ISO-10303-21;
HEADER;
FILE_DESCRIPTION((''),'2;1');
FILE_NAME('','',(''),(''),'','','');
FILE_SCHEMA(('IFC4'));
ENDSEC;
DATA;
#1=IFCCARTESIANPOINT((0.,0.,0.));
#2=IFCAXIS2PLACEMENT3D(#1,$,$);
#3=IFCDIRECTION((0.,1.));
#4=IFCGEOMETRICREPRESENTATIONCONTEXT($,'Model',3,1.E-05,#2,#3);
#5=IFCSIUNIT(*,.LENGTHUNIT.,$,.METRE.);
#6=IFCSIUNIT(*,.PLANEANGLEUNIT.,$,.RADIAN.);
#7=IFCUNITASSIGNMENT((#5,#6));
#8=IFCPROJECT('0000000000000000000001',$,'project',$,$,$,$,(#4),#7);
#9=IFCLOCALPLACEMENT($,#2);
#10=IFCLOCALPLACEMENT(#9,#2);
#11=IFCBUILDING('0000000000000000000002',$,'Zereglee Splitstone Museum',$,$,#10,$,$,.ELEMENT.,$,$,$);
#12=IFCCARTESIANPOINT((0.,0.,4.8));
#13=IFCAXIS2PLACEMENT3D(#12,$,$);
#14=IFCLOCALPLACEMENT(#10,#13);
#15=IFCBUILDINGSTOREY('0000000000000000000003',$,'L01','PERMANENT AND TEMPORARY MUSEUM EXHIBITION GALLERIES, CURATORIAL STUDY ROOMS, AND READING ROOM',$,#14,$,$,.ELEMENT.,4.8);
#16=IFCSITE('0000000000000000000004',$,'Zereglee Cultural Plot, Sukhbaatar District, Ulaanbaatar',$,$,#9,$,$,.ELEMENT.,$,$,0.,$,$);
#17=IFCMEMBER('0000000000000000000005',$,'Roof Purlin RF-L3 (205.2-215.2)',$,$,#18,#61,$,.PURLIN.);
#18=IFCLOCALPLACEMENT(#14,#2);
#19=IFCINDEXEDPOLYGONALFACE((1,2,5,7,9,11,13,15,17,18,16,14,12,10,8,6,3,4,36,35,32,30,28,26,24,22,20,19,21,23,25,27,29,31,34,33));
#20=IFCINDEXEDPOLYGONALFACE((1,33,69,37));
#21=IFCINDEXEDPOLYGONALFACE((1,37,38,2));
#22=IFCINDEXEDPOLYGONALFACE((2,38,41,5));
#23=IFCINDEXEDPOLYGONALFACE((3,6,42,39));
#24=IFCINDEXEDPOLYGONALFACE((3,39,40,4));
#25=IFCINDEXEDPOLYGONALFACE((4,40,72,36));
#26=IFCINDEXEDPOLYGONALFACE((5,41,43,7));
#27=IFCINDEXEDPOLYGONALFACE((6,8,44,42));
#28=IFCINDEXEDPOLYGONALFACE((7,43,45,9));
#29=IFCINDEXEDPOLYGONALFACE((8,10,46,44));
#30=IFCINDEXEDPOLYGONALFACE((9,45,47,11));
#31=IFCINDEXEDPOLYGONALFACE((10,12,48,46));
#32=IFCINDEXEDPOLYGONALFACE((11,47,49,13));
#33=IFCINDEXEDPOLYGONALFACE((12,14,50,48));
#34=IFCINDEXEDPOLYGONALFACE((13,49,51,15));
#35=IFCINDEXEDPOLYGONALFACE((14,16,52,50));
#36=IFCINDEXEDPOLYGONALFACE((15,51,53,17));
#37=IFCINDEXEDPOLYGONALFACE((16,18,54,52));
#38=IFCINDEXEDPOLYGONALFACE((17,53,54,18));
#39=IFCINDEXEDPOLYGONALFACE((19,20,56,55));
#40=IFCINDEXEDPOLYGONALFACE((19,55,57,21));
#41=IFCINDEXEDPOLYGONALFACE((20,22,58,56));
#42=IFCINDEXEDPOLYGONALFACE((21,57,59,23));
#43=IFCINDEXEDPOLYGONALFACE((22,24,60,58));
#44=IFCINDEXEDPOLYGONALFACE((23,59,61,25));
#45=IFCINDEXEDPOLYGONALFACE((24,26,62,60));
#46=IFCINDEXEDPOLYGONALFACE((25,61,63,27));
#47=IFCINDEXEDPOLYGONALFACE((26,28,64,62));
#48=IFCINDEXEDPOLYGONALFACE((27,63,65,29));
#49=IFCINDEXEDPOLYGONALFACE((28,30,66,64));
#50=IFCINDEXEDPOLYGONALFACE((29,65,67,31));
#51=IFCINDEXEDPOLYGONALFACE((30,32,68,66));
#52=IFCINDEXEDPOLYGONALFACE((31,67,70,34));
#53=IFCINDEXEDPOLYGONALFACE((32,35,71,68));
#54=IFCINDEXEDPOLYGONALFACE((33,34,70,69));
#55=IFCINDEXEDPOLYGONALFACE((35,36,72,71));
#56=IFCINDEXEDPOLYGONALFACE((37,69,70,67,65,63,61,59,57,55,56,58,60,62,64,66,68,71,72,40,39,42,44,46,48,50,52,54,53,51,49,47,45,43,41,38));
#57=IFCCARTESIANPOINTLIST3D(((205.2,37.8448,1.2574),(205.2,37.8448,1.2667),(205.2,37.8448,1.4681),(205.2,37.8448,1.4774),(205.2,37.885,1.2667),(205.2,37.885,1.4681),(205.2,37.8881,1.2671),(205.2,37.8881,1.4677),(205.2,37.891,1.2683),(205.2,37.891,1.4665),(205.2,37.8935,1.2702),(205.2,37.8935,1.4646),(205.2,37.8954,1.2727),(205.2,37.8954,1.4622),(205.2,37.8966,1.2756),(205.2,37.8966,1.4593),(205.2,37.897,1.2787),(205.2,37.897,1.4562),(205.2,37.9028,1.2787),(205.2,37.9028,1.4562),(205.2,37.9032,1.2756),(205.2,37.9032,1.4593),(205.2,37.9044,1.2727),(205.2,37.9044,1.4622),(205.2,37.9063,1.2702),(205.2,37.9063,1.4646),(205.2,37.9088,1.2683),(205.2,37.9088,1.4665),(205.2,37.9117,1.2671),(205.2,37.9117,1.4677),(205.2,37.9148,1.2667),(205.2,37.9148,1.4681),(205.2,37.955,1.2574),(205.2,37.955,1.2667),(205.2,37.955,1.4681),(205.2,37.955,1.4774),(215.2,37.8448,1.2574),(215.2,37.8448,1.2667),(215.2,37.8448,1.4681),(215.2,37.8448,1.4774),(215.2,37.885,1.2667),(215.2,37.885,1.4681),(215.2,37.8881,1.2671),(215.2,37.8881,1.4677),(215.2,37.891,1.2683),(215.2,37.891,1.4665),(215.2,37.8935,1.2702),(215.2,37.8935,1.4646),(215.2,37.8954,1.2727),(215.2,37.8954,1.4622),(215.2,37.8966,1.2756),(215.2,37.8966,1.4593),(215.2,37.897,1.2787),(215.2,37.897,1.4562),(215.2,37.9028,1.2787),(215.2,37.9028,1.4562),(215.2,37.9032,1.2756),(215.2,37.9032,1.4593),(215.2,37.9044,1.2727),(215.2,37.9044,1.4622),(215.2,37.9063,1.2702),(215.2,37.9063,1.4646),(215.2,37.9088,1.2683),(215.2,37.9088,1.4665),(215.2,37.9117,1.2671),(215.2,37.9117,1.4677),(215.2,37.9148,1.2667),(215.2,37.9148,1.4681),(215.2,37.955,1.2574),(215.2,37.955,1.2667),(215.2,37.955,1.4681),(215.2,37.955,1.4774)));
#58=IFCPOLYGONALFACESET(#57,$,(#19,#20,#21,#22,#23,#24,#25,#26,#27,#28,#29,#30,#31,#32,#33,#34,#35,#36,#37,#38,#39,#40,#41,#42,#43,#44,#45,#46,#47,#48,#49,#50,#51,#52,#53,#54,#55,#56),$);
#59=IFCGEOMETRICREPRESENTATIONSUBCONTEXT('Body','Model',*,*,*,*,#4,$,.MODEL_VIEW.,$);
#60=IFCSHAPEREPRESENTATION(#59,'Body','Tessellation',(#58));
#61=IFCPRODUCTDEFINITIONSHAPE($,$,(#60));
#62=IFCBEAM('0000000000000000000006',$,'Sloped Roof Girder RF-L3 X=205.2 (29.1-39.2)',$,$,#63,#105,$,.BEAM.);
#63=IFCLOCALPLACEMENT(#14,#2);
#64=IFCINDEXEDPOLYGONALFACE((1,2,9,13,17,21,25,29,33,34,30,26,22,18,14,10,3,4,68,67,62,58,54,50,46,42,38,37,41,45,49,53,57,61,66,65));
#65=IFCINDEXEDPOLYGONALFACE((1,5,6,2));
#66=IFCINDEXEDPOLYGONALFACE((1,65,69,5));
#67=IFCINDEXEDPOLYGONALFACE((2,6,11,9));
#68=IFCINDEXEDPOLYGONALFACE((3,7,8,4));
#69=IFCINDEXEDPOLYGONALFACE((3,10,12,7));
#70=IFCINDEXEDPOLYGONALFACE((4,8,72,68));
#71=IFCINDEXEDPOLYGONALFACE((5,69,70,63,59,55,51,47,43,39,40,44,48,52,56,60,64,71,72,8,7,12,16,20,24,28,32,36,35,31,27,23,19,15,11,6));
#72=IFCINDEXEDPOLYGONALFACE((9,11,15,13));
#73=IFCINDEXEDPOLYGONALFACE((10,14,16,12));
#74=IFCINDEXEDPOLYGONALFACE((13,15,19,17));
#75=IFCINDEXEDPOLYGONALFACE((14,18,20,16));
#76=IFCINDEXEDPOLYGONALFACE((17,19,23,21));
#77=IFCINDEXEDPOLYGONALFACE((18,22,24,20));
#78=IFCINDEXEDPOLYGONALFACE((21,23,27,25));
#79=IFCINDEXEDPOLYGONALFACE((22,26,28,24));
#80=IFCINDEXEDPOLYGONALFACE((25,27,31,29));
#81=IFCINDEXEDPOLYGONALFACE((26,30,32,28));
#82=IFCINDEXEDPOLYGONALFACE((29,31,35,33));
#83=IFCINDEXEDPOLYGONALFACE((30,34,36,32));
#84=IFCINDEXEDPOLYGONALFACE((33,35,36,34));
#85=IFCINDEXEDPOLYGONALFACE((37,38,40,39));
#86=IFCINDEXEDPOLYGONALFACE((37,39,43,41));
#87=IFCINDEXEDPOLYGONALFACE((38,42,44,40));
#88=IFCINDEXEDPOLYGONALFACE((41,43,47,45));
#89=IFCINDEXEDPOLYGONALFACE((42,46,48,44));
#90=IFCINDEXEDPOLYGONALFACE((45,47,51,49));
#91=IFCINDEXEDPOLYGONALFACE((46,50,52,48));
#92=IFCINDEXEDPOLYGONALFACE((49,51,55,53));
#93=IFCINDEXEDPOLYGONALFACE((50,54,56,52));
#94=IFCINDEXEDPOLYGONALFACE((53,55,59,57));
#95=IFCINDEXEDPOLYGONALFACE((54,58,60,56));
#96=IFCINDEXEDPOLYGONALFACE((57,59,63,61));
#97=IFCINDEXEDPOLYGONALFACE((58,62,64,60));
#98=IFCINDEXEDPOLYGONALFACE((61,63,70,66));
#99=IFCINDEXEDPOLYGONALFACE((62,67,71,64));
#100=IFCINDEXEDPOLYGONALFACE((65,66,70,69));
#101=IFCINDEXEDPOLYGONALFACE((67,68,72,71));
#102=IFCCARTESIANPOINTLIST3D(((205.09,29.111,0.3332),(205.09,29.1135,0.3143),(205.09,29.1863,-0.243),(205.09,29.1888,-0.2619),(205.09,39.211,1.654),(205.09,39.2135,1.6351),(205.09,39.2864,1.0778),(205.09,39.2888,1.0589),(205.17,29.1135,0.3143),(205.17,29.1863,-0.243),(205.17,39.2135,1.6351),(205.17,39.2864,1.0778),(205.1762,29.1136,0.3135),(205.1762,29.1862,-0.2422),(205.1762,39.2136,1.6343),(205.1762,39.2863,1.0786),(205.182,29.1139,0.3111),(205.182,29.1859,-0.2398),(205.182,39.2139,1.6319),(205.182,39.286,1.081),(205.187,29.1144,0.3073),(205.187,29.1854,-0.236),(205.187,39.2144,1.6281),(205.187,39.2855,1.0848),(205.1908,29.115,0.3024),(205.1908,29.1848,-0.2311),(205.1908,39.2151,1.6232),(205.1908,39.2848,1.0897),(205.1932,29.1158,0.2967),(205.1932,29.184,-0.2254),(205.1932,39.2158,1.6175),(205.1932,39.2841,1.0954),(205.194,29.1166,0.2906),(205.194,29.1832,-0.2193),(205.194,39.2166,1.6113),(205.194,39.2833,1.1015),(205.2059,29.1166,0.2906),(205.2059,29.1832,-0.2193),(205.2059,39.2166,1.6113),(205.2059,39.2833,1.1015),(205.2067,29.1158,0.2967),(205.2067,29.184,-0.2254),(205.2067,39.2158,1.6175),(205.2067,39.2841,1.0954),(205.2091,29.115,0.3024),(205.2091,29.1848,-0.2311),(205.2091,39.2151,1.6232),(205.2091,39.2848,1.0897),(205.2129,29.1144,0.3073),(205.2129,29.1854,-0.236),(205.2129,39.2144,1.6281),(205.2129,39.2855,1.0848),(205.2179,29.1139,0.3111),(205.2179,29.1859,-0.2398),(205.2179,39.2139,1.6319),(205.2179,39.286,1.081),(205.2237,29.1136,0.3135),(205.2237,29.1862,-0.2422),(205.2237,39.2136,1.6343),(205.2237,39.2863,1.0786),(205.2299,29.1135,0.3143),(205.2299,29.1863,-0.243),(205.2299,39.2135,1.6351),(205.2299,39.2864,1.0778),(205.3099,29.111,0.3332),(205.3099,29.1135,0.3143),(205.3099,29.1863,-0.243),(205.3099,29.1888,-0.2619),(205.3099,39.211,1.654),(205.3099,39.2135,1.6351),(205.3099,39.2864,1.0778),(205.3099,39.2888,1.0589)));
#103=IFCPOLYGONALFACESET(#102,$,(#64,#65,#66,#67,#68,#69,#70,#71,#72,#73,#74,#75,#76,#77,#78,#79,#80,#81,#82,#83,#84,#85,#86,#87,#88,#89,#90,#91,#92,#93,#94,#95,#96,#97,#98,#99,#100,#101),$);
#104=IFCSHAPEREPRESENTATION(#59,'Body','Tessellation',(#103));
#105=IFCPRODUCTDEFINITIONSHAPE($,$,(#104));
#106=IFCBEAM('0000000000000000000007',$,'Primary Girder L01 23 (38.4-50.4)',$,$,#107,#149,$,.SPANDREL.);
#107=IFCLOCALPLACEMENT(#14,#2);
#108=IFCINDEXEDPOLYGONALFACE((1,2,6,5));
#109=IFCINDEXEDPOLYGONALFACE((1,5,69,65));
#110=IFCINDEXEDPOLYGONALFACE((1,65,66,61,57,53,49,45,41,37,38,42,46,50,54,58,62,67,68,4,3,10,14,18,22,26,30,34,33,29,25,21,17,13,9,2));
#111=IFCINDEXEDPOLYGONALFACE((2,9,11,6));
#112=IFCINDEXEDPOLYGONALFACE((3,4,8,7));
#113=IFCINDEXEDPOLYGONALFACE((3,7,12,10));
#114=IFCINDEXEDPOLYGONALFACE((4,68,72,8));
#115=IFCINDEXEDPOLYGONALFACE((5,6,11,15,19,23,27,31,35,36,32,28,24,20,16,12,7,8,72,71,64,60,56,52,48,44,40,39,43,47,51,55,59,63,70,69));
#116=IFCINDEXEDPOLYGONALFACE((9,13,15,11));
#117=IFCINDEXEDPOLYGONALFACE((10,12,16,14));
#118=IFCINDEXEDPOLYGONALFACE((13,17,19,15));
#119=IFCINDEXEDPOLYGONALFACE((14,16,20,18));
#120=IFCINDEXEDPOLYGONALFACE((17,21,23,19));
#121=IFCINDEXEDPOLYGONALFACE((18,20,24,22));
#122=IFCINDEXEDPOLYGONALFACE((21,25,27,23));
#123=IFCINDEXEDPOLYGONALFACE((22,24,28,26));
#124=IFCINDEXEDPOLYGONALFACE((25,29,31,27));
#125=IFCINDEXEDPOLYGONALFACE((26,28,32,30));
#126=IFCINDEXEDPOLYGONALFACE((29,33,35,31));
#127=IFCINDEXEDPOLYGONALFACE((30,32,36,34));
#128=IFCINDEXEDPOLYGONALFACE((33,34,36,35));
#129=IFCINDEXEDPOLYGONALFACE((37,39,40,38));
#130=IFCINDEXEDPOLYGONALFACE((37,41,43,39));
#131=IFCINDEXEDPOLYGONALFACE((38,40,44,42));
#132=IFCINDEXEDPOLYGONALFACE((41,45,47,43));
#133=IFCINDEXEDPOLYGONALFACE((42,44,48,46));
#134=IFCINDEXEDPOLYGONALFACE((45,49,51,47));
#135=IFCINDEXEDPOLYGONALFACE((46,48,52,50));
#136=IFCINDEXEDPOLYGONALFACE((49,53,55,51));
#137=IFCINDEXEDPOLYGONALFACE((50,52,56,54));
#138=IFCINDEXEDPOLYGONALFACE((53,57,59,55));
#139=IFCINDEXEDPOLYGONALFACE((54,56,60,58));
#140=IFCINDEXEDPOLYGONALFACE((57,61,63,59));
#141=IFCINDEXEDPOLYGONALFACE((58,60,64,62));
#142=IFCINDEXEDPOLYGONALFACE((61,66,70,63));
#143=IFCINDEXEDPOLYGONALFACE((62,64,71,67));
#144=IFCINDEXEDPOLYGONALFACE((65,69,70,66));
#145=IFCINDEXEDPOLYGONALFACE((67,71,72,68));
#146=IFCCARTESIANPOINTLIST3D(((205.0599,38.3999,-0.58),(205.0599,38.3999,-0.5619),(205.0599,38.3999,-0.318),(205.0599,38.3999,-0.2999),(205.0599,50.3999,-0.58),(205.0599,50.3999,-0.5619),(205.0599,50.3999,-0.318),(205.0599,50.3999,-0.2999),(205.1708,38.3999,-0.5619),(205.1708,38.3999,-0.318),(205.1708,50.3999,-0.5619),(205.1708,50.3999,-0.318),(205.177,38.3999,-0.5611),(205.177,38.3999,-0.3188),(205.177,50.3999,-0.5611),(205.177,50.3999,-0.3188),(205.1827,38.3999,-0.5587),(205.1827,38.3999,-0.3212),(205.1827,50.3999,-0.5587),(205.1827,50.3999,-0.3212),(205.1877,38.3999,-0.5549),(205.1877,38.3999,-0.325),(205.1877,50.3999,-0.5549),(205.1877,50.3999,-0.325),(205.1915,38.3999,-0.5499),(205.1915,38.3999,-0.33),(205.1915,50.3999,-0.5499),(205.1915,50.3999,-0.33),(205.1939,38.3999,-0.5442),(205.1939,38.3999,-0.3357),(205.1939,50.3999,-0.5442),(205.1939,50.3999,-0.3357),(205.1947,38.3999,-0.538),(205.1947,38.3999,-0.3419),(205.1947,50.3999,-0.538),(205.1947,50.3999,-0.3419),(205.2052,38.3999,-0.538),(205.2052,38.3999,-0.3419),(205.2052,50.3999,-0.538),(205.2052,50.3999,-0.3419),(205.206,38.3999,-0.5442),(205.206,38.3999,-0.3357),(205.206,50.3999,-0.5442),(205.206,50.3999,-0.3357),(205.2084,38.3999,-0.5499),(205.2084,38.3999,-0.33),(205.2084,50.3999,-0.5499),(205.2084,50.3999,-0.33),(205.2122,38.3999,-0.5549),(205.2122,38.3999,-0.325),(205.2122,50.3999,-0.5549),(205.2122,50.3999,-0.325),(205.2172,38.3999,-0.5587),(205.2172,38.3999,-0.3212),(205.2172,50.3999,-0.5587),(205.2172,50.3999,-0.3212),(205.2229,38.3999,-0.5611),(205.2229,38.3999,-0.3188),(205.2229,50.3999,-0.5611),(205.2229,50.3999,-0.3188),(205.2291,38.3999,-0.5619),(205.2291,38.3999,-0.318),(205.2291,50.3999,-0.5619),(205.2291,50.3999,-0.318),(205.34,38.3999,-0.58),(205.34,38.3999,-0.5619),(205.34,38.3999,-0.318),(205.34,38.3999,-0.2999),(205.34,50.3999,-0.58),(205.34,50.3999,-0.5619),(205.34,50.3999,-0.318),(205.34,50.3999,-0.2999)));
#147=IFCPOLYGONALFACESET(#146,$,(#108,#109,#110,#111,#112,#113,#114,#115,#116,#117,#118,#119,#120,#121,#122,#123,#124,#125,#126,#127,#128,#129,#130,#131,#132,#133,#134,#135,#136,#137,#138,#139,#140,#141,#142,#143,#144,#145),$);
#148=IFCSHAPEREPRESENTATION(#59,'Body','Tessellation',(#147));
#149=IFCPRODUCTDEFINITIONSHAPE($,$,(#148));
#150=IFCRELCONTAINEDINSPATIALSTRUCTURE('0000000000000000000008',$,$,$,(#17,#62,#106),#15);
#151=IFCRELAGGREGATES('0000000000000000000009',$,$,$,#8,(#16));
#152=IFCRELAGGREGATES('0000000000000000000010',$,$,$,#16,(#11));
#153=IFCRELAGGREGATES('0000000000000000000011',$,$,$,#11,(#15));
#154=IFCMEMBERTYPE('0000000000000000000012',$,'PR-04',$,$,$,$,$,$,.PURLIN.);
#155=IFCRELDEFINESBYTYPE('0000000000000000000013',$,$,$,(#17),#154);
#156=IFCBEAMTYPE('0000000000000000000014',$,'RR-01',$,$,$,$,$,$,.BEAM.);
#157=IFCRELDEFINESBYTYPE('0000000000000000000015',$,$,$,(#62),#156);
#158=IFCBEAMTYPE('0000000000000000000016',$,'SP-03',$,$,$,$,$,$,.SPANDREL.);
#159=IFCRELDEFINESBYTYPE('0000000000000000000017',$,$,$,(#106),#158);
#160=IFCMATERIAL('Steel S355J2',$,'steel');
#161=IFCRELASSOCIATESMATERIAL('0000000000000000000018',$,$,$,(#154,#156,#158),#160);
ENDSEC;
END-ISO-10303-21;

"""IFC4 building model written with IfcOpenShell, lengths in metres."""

from ifc_helpers import new_model, si_unit, direction, frame, origin, origin_2d, place, context, subcontext, project, spatial, i_section, extrude, material, material_profile, profile_set, type_object, element, save


model = new_model("IFC4")

# Units and contexts
model_context = context("Model", 3, precision=1e-05, world=origin(), true_north=direction((0.0, 1.0)))
body_context = subcontext(model_context, "Body", "Model", "MODEL_VIEW")
ifc_project = project(units=[si_unit("LENGTHUNIT", "METRE"), si_unit("PLANEANGLEUNIT", "RADIAN")], contexts=[model_context])

# Site, building, storey
site_placement = place(None, origin())
site = spatial("IfcSite", under=ifc_project, at=site_placement, Name="Zereglee Cultural Plot, Sukhbaatar District, Ulaanbaatar", CompositionType="ELEMENT", RefElevation=0.0)
building_placement = place(site_placement, origin())
building = spatial("IfcBuilding", under=site, at=building_placement, Name="Zereglee Splitstone Museum", CompositionType="ELEMENT")
storey_placement = place(building_placement, frame((0.0, 0.0, 4.8)))
storey = spatial("IfcBuildingStorey", under=building, at=storey_placement, Name="L01", Description="PERMANENT AND TEMPORARY MUSEUM EXHIBITION GALLERIES, CURATORIAL STUDY ROOMS, AND READING ROOM", CompositionType="ELEMENT", Elevation=4.8)

# Shared definitions
ifc_material_1 = material(Name="Steel S355J2", Category="steel")

# Member
ifc_material_profile_1 = material_profile(ifc_material_1, i_section(OverallWidth=0.1101, OverallDepth=0.22, WebThickness=0.0059, FlangeThickness=0.0093, FilletRadius=0.012, at=origin_2d()), Name="IPE 220")
ifc_profile_set_1 = profile_set([ifc_material_profile_1], Name="Steel S355J2")
member_type_1 = type_object("IfcMemberType", Name="PR-04", PredefinedType="PURLIN", material=ifc_profile_set_1)
for number, where, z_axis, x_axis, name in (
    (1, (205.2, 37.8999, 1.3674), (1.0, 0.0, 0.0), (0.0, 1.0, 0.0), "Roof Purlin RF-L3 (205.2-215.2)"),
):
    element("IfcMember", number, at=place(storey_placement, frame(where, z_axis=z_axis, x_axis=x_axis)), inside=storey, type_object=member_type_1, Name=name, PredefinedType="PURLIN", context=body_context, shape_type="SweptSolid", body=[
        extrude(i_section(OverallWidth=0.1101, OverallDepth=0.22, WebThickness=0.0059, FlangeThickness=0.0093, FilletRadius=0.012, at=origin_2d()), origin(), (0.0, 0.0, 1.0), 10.0),
    ])

# Beams
ifc_material_profile_2 = material_profile(ifc_material_1, i_section(OverallWidth=0.22, OverallDepth=0.6001, WebThickness=0.012, FlangeThickness=0.019, FilletRadius=0.0239, at=origin_2d()), Name="IPE 600")
ifc_profile_set_2 = profile_set([ifc_material_profile_2], Name="Steel S355J2")
beam_type_1 = type_object("IfcBeamType", Name="RR-01", PredefinedType="BEAM", material=ifc_profile_set_2)
beam_1_placement = place(storey_placement, frame((205.2, 29.1499, 0.0356), z_axis=(0.0, 0.991558, 0.129667), x_axis=(-1.0, 0.0, 0.0)))
element("IfcBeam", 2, at=beam_1_placement, inside=storey, type_object=beam_type_1, Name="Sloped Roof Girder RF-L3 X=205.2 (29.1-39.2)", PredefinedType="BEAM", context=body_context, shape_type="SweptSolid", body=[
    extrude(i_section(OverallWidth=0.22, OverallDepth=0.6001, WebThickness=0.012, FlangeThickness=0.019, FilletRadius=0.0239, at=origin_2d()), origin(), (0.0, 0.0, 1.0), 10.186),
])
ifc_material_profile_3 = material_profile(ifc_material_1, i_section(OverallWidth=0.28, OverallDepth=0.28, WebThickness=0.0105, FlangeThickness=0.0181, FilletRadius=0.0239, at=origin_2d()), Name="HE 280 B")
ifc_profile_set_3 = profile_set([ifc_material_profile_3], Name="Steel S355J2")
beam_type_2 = type_object("IfcBeamType", Name="SP-03", PredefinedType="SPANDREL", material=ifc_profile_set_3)
beam_2_placement = place(storey_placement, frame((205.2, 38.3999, -0.4399), z_axis=(0.0, 1.0, 0.0), x_axis=(-1.0, 0.0, 0.0)))
element("IfcBeam", 3, at=beam_2_placement, inside=storey, type_object=beam_type_2, Name="Primary Girder L01 23 (38.4-50.4)", PredefinedType="SPANDREL", context=body_context, shape_type="SweptSolid", body=[
    extrude(i_section(OverallWidth=0.28, OverallDepth=0.28, WebThickness=0.0105, FlangeThickness=0.0181, FilletRadius=0.0239, at=origin_2d()), origin(), (0.0, 0.0, 1.0), 12.0),
])

save(model, "model.ifc")
